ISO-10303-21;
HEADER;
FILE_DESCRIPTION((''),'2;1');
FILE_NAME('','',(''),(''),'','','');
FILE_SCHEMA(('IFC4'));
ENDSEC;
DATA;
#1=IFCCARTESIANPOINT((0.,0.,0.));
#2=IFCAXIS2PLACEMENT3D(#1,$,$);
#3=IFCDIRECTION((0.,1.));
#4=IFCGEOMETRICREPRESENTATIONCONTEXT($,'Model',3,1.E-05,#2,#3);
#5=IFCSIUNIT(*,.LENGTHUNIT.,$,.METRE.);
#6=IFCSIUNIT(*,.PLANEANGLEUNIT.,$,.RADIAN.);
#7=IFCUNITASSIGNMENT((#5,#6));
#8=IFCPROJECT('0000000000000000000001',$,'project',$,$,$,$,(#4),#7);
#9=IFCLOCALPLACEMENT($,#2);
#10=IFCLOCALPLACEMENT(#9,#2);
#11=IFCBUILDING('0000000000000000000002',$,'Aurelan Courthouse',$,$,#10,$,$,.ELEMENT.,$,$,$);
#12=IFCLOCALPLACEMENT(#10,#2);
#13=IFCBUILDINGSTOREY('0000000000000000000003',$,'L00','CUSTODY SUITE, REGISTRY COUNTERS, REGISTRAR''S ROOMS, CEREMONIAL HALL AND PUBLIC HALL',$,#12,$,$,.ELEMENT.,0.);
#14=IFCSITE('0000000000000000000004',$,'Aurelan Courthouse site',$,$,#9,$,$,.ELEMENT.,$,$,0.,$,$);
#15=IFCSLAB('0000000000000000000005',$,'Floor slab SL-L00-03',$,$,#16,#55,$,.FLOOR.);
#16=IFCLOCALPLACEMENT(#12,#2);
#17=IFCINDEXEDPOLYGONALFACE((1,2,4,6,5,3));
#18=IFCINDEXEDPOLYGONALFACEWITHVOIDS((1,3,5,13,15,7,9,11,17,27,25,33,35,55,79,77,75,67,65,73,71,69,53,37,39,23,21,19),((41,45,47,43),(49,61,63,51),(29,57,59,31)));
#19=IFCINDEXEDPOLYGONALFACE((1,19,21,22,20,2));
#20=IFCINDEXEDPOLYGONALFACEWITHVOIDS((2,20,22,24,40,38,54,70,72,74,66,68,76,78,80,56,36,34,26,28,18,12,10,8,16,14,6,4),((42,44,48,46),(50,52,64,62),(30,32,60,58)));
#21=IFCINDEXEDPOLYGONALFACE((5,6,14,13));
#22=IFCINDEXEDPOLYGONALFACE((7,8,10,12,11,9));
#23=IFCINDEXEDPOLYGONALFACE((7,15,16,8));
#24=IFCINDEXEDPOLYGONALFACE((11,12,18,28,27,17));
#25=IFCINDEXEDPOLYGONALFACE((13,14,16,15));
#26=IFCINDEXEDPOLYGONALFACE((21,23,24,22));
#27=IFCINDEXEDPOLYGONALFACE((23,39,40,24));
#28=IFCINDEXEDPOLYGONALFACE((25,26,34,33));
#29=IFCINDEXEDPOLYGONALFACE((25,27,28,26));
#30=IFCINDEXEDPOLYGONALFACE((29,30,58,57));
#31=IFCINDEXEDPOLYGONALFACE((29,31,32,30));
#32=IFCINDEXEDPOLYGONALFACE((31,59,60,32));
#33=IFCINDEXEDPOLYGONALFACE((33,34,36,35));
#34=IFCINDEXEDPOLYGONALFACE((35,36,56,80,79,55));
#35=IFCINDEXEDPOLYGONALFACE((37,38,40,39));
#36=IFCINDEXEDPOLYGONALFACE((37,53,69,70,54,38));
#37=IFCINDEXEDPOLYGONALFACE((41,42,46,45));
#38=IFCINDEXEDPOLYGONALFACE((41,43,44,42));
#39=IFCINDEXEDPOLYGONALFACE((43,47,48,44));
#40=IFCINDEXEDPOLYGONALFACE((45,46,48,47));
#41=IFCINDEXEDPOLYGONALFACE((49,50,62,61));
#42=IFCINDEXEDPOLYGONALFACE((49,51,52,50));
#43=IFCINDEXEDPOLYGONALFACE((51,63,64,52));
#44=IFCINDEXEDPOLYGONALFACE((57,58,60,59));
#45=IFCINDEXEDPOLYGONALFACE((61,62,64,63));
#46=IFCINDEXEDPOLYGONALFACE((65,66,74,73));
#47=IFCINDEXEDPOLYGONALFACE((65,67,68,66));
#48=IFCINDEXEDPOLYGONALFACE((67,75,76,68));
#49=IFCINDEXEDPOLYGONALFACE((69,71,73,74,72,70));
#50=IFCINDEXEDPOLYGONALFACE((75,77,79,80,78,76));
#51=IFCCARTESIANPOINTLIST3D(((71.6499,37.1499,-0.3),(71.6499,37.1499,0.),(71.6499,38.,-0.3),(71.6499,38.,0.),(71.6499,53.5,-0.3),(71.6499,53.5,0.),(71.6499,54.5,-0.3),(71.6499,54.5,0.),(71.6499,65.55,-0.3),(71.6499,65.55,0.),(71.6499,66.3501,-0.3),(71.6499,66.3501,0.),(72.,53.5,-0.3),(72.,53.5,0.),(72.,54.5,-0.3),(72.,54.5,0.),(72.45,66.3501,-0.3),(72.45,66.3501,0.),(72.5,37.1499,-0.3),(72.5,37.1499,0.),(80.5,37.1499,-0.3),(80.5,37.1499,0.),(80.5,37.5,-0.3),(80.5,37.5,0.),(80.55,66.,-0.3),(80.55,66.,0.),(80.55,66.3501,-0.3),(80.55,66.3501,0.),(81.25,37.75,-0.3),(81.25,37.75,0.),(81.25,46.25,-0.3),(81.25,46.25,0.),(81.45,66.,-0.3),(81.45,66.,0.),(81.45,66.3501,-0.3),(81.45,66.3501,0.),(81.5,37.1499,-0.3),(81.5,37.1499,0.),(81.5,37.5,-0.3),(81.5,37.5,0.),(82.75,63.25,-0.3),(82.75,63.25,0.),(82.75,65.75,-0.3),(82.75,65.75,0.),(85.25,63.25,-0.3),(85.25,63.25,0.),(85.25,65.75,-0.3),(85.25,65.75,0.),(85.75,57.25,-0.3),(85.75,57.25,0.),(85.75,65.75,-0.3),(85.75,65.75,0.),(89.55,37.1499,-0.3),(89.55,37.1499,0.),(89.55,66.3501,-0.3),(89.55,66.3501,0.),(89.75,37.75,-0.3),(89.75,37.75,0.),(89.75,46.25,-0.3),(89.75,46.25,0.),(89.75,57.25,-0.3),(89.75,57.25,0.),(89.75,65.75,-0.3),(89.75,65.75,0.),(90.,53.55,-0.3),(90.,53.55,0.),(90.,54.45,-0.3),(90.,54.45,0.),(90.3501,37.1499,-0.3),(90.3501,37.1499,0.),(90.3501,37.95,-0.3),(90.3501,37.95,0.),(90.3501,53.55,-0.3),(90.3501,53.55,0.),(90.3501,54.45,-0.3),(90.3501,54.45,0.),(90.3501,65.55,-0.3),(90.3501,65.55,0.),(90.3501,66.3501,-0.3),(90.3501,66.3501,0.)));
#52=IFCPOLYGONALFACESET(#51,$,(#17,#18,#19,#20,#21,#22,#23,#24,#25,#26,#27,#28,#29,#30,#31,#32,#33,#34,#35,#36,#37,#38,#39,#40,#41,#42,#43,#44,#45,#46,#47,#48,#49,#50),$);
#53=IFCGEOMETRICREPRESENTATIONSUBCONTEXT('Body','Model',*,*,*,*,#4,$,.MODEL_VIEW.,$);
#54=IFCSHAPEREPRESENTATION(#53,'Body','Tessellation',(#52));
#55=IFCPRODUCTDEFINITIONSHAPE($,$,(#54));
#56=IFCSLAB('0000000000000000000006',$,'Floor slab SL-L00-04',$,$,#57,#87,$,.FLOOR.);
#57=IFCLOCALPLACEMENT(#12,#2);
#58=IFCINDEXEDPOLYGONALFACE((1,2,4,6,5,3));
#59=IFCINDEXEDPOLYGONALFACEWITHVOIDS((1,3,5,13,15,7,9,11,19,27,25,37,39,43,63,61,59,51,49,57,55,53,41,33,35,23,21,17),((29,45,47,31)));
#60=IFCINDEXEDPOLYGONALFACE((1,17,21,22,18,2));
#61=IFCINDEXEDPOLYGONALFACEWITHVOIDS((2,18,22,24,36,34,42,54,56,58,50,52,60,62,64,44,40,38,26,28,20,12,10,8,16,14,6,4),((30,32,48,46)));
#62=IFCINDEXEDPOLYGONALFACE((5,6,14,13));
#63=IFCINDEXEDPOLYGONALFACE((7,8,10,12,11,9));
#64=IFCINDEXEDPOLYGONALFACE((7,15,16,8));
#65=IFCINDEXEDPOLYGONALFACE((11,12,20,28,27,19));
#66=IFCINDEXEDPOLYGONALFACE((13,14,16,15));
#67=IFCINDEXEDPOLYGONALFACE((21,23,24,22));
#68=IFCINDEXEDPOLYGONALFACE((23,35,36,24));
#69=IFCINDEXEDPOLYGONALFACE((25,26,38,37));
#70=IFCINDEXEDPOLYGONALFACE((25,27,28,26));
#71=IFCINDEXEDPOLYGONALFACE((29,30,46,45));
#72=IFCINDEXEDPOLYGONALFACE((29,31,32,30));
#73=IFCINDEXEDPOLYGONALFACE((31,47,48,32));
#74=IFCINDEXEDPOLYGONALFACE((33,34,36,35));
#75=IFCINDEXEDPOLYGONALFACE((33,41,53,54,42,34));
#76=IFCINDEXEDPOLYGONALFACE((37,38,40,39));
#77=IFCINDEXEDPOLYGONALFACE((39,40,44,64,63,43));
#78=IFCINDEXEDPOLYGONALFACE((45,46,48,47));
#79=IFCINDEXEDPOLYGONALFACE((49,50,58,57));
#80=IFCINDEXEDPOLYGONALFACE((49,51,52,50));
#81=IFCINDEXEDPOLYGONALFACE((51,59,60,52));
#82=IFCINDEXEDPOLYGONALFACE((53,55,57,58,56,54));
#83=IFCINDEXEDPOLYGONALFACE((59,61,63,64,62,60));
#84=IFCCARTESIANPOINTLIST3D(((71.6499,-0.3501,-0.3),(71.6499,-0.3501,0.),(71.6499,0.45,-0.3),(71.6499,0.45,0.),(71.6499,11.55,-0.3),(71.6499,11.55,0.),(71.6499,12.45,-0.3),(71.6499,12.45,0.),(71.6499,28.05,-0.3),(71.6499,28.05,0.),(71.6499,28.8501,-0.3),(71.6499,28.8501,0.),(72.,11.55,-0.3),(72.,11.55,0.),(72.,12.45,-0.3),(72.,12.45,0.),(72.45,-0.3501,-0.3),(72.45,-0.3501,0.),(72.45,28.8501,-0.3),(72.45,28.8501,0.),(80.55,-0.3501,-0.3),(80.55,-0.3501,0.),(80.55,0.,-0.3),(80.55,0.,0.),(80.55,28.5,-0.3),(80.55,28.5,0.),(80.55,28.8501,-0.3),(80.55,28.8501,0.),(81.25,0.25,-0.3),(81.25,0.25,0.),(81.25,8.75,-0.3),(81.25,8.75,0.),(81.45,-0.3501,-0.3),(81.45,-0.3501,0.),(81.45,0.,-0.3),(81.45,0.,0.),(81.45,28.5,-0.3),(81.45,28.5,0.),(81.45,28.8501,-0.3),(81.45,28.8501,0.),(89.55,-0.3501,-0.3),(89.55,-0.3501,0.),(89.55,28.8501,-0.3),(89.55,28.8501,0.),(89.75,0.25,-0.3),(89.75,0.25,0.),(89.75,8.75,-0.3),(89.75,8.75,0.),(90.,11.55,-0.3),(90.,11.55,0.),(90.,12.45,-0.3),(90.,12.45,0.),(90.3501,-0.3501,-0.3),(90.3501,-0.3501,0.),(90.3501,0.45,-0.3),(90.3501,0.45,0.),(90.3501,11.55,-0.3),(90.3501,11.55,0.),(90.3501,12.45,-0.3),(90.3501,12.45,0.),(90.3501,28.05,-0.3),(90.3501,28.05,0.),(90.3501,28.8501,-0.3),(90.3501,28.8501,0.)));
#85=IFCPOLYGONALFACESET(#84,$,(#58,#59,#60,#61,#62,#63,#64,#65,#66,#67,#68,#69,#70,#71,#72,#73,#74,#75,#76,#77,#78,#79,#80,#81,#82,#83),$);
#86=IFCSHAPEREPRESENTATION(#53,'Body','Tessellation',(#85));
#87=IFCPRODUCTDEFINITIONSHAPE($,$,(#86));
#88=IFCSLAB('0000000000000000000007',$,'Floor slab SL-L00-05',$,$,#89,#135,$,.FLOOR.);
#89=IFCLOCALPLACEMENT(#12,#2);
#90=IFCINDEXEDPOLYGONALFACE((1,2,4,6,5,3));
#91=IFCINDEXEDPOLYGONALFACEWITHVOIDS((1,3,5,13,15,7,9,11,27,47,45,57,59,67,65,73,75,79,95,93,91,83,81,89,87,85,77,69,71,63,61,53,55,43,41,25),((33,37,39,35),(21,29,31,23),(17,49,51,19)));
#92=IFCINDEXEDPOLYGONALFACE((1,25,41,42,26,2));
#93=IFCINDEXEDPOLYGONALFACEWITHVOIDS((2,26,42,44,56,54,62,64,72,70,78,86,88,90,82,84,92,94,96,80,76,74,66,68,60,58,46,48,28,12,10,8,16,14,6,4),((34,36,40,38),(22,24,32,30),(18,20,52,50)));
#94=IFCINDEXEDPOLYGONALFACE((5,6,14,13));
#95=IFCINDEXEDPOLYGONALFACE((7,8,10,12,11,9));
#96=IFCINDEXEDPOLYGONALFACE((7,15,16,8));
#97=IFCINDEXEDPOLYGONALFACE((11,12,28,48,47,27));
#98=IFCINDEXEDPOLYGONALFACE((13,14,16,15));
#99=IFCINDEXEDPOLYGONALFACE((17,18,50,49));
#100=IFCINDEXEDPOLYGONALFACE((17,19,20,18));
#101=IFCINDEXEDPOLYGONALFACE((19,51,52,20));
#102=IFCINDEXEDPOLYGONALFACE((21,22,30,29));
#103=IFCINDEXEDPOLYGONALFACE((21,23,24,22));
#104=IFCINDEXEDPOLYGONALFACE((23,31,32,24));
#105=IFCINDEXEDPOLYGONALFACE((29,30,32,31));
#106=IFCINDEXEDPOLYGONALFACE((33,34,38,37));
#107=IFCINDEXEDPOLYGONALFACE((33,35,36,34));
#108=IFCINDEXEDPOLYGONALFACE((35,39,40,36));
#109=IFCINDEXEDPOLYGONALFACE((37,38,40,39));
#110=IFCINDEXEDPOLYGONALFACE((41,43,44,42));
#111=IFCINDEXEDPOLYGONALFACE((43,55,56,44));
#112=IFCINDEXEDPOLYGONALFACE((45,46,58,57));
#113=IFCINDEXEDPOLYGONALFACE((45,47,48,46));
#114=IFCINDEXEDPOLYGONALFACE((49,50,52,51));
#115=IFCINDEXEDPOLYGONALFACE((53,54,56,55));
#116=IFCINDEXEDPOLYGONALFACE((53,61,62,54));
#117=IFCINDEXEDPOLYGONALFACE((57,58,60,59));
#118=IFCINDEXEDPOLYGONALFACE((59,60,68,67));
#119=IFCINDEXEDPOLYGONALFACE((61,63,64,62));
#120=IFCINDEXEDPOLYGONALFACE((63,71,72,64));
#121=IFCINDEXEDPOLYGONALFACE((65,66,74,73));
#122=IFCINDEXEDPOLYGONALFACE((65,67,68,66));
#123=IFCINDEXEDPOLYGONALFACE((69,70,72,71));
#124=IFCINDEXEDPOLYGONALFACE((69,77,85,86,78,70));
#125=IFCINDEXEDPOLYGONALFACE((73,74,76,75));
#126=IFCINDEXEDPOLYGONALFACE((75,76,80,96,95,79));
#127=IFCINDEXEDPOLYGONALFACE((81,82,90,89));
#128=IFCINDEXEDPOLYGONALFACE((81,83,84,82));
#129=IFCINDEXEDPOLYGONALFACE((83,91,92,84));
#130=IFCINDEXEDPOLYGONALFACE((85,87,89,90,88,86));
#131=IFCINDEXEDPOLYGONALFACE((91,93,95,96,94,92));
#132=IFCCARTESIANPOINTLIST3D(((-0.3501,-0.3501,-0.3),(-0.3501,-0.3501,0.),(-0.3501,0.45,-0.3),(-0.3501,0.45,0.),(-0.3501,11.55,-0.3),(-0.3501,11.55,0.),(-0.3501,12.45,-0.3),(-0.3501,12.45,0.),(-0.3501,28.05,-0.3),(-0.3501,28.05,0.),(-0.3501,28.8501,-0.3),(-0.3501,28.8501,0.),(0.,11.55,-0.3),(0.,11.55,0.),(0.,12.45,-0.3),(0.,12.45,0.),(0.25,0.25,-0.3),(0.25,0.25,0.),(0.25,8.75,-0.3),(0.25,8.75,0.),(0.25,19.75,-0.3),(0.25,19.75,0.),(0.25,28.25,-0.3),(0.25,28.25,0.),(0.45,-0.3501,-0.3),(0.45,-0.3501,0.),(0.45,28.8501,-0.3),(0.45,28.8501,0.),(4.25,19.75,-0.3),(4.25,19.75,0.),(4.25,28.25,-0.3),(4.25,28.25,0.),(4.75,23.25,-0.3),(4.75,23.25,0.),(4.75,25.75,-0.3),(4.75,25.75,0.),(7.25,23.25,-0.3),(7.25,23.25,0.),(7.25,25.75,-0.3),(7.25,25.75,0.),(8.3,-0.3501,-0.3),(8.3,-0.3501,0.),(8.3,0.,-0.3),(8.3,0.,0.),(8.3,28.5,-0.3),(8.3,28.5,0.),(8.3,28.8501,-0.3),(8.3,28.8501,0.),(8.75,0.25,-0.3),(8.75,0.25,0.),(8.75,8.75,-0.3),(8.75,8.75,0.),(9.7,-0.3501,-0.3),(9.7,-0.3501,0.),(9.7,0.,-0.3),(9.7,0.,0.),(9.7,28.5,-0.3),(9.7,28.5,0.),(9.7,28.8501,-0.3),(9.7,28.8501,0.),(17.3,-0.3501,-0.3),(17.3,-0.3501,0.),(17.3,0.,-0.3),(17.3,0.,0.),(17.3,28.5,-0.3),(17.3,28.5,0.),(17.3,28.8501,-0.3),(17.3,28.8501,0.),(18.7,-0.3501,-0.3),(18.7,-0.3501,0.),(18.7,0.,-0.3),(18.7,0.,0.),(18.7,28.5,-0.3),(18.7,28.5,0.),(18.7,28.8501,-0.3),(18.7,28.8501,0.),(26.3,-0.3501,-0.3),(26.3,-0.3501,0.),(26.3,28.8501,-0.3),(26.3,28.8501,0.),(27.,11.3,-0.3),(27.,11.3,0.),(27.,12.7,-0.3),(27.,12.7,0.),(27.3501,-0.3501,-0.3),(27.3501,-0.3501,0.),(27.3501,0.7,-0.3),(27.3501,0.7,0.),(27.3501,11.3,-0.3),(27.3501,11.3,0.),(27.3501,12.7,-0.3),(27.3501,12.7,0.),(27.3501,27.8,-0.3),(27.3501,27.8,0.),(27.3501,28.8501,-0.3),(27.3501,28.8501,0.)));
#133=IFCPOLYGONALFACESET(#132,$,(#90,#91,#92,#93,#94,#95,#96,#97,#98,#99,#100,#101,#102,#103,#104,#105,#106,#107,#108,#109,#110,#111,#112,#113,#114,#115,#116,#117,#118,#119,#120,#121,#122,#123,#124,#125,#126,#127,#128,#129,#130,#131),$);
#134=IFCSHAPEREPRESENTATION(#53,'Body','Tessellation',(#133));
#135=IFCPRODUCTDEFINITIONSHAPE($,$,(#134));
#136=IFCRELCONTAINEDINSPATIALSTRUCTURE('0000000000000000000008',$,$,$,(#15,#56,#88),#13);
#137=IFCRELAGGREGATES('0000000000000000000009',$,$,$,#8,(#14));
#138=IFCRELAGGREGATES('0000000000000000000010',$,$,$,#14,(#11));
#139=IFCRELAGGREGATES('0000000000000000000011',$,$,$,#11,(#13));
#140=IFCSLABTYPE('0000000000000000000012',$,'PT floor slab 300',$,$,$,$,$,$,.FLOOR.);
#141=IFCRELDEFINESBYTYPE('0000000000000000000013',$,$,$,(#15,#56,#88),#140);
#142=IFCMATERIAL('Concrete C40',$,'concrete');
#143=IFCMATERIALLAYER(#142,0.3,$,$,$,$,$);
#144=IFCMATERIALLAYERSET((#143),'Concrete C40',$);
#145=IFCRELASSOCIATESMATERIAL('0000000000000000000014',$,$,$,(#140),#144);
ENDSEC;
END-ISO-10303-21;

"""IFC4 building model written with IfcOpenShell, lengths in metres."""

from ifc_helpers import new_model, si_unit, direction, frame, origin, place, context, subcontext, project, spatial, polyline, outline, extrude, material, layer, layer_set, type_object, element, save


model = new_model("IFC4")

# Units and contexts
model_context = context("Model", 3, precision=1e-05, world=origin(), true_north=direction((0.0, 1.0)))
body_context = subcontext(model_context, "Body", "Model", "MODEL_VIEW")
ifc_project = project(units=[si_unit("LENGTHUNIT", "METRE"), si_unit("PLANEANGLEUNIT", "RADIAN")], contexts=[model_context])

# Site, building, storey
site_placement = place(None, origin())
site = spatial("IfcSite", under=ifc_project, at=site_placement, Name="Aurelan Courthouse site", CompositionType="ELEMENT", RefElevation=0.0)
building_placement = place(site_placement, origin())
building = spatial("IfcBuilding", under=site, at=building_placement, Name="Aurelan Courthouse", CompositionType="ELEMENT")
storey_placement = place(building_placement, origin())
storey = spatial("IfcBuildingStorey", under=building, at=storey_placement, Name="L00", Description="CUSTODY SUITE, REGISTRY COUNTERS, REGISTRAR'S ROOMS, CEREMONIAL HALL AND PUBLIC HALL", CompositionType="ELEMENT", Elevation=0.0)

# Slabs
ifc_material_1 = material(Name="Concrete C40", Category="concrete")
ifc_layer_1 = layer(ifc_material_1, 0.3)
ifc_layer_set_1 = layer_set([ifc_layer_1], Name="Concrete C40")
slab_type_1 = type_object("IfcSlabType", Name="PT floor slab 300", PredefinedType="FLOOR", material=ifc_layer_set_1)
slab_1_placement = place(storey_placement, frame((0.0, 0.0, -0.3)))
element("IfcSlab", 1, at=slab_1_placement, inside=storey, type_object=slab_type_1, Name="Floor slab SL-L00-03", PredefinedType="FLOOR", context=body_context, shape_type="SweptSolid", body=[
    extrude(outline(polyline([(71.6499, 53.5), (71.6499, 38.0), (71.6499, 37.1499), (72.5, 37.1499), (80.5, 37.1499), (80.5, 37.5), (81.5, 37.5), (81.5, 37.1499), (89.55, 37.1499), (90.3501, 37.1499), (90.3501, 37.95), (90.3501, 53.55), (90.0, 53.55), (90.0, 54.45), (90.3501, 54.45), (90.3501, 65.55), (90.3501, 66.3501), (89.55, 66.3501), (81.45, 66.3501), (81.45, 66.0), (80.55, 66.0), (80.55, 66.3501), (72.45, 66.3501), (71.6499, 66.3501), (71.6499, 65.55), (71.6499, 54.5), (72.0, 54.5), (72.0, 53.5), (71.6499, 53.5)]), holes=[polyline([(81.25, 37.75), (81.25, 46.25), (89.75, 46.25), (89.75, 37.75), (81.25, 37.75)]), polyline([(85.75, 65.75), (89.75, 65.75), (89.75, 57.25), (85.75, 57.25), (85.75, 65.75)]), polyline([(85.25, 65.75), (85.25, 63.25), (82.75, 63.25), (82.75, 65.75), (85.25, 65.75)])]), origin(), (0.0, 0.0, 1.0), 0.3),
])
slab_2_placement = place(storey_placement, frame((0.0, 0.0, -0.3)))
element("IfcSlab", 2, at=slab_2_placement, inside=storey, type_object=slab_type_1, Name="Floor slab SL-L00-04", PredefinedType="FLOOR", context=body_context, shape_type="SweptSolid", body=[
    extrude(outline(polyline([(71.6499, -0.3501), (72.45, -0.3501), (80.55, -0.3501), (80.55, 0.0), (81.45, 0.0), (81.45, -0.3501), (89.55, -0.3501), (90.3501, -0.3501), (90.3501, 0.45), (90.3501, 11.55), (90.0, 11.55), (90.0, 12.45), (90.3501, 12.45), (90.3501, 28.05), (90.3501, 28.8501), (89.55, 28.8501), (81.45, 28.8501), (81.45, 28.5), (80.55, 28.5), (80.55, 28.8501), (72.45, 28.8501), (71.6499, 28.8501), (71.6499, 28.05), (71.6499, 12.45), (72.0, 12.45), (72.0, 11.55), (71.6499, 11.55), (71.6499, 0.45), (71.6499, -0.3501)]), holes=[polyline([(89.75, 8.75), (89.75, 0.25), (81.25, 0.25), (81.25, 8.75), (89.75, 8.75)])]), origin(), (0.0, 0.0, 1.0), 0.3),
])
slab_3_placement = place(storey_placement, frame((0.0, 0.0, -0.3)))
element("IfcSlab", 3, at=slab_3_placement, inside=storey, type_object=slab_type_1, Name="Floor slab SL-L00-05", PredefinedType="FLOOR", context=body_context, shape_type="SweptSolid", body=[
    extrude(outline(polyline([(-0.3501, 11.55), (-0.3501, 0.45), (-0.3501, -0.3501), (0.45, -0.3501), (8.3, -0.3501), (8.3, 0.0), (9.7, 0.0), (9.7, -0.3501), (17.3, -0.3501), (17.3, 0.0), (18.7, 0.0), (18.7, -0.3501), (26.3, -0.3501), (27.3501, -0.3501), (27.3501, 0.7), (27.3501, 11.3), (27.0, 11.3), (27.0, 12.7), (27.3501, 12.7), (27.3501, 27.8), (27.3501, 28.8501), (26.3, 28.8501), (18.7, 28.8501), (18.7, 28.5), (17.3, 28.5), (17.3, 28.8501), (9.7, 28.8501), (9.7, 28.5), (8.3, 28.5), (8.3, 28.8501), (0.45, 28.8501), (-0.3501, 28.8501), (-0.3501, 28.05), (-0.3501, 12.45), (0.0, 12.45), (0.0, 11.55), (-0.3501, 11.55)]), holes=[polyline([(0.25, 0.25), (0.25, 8.75), (8.75, 8.75), (8.75, 0.25), (0.25, 0.25)]), polyline([(7.25, 25.75), (7.25, 23.25), (4.75, 23.25), (4.75, 25.75), (7.25, 25.75)]), polyline([(0.25, 28.25), (4.25, 28.25), (4.25, 19.75), (0.25, 19.75), (0.25, 28.25)])]), origin(), (0.0, 0.0, 1.0), 0.3),
])

save(model, "model.ifc")
